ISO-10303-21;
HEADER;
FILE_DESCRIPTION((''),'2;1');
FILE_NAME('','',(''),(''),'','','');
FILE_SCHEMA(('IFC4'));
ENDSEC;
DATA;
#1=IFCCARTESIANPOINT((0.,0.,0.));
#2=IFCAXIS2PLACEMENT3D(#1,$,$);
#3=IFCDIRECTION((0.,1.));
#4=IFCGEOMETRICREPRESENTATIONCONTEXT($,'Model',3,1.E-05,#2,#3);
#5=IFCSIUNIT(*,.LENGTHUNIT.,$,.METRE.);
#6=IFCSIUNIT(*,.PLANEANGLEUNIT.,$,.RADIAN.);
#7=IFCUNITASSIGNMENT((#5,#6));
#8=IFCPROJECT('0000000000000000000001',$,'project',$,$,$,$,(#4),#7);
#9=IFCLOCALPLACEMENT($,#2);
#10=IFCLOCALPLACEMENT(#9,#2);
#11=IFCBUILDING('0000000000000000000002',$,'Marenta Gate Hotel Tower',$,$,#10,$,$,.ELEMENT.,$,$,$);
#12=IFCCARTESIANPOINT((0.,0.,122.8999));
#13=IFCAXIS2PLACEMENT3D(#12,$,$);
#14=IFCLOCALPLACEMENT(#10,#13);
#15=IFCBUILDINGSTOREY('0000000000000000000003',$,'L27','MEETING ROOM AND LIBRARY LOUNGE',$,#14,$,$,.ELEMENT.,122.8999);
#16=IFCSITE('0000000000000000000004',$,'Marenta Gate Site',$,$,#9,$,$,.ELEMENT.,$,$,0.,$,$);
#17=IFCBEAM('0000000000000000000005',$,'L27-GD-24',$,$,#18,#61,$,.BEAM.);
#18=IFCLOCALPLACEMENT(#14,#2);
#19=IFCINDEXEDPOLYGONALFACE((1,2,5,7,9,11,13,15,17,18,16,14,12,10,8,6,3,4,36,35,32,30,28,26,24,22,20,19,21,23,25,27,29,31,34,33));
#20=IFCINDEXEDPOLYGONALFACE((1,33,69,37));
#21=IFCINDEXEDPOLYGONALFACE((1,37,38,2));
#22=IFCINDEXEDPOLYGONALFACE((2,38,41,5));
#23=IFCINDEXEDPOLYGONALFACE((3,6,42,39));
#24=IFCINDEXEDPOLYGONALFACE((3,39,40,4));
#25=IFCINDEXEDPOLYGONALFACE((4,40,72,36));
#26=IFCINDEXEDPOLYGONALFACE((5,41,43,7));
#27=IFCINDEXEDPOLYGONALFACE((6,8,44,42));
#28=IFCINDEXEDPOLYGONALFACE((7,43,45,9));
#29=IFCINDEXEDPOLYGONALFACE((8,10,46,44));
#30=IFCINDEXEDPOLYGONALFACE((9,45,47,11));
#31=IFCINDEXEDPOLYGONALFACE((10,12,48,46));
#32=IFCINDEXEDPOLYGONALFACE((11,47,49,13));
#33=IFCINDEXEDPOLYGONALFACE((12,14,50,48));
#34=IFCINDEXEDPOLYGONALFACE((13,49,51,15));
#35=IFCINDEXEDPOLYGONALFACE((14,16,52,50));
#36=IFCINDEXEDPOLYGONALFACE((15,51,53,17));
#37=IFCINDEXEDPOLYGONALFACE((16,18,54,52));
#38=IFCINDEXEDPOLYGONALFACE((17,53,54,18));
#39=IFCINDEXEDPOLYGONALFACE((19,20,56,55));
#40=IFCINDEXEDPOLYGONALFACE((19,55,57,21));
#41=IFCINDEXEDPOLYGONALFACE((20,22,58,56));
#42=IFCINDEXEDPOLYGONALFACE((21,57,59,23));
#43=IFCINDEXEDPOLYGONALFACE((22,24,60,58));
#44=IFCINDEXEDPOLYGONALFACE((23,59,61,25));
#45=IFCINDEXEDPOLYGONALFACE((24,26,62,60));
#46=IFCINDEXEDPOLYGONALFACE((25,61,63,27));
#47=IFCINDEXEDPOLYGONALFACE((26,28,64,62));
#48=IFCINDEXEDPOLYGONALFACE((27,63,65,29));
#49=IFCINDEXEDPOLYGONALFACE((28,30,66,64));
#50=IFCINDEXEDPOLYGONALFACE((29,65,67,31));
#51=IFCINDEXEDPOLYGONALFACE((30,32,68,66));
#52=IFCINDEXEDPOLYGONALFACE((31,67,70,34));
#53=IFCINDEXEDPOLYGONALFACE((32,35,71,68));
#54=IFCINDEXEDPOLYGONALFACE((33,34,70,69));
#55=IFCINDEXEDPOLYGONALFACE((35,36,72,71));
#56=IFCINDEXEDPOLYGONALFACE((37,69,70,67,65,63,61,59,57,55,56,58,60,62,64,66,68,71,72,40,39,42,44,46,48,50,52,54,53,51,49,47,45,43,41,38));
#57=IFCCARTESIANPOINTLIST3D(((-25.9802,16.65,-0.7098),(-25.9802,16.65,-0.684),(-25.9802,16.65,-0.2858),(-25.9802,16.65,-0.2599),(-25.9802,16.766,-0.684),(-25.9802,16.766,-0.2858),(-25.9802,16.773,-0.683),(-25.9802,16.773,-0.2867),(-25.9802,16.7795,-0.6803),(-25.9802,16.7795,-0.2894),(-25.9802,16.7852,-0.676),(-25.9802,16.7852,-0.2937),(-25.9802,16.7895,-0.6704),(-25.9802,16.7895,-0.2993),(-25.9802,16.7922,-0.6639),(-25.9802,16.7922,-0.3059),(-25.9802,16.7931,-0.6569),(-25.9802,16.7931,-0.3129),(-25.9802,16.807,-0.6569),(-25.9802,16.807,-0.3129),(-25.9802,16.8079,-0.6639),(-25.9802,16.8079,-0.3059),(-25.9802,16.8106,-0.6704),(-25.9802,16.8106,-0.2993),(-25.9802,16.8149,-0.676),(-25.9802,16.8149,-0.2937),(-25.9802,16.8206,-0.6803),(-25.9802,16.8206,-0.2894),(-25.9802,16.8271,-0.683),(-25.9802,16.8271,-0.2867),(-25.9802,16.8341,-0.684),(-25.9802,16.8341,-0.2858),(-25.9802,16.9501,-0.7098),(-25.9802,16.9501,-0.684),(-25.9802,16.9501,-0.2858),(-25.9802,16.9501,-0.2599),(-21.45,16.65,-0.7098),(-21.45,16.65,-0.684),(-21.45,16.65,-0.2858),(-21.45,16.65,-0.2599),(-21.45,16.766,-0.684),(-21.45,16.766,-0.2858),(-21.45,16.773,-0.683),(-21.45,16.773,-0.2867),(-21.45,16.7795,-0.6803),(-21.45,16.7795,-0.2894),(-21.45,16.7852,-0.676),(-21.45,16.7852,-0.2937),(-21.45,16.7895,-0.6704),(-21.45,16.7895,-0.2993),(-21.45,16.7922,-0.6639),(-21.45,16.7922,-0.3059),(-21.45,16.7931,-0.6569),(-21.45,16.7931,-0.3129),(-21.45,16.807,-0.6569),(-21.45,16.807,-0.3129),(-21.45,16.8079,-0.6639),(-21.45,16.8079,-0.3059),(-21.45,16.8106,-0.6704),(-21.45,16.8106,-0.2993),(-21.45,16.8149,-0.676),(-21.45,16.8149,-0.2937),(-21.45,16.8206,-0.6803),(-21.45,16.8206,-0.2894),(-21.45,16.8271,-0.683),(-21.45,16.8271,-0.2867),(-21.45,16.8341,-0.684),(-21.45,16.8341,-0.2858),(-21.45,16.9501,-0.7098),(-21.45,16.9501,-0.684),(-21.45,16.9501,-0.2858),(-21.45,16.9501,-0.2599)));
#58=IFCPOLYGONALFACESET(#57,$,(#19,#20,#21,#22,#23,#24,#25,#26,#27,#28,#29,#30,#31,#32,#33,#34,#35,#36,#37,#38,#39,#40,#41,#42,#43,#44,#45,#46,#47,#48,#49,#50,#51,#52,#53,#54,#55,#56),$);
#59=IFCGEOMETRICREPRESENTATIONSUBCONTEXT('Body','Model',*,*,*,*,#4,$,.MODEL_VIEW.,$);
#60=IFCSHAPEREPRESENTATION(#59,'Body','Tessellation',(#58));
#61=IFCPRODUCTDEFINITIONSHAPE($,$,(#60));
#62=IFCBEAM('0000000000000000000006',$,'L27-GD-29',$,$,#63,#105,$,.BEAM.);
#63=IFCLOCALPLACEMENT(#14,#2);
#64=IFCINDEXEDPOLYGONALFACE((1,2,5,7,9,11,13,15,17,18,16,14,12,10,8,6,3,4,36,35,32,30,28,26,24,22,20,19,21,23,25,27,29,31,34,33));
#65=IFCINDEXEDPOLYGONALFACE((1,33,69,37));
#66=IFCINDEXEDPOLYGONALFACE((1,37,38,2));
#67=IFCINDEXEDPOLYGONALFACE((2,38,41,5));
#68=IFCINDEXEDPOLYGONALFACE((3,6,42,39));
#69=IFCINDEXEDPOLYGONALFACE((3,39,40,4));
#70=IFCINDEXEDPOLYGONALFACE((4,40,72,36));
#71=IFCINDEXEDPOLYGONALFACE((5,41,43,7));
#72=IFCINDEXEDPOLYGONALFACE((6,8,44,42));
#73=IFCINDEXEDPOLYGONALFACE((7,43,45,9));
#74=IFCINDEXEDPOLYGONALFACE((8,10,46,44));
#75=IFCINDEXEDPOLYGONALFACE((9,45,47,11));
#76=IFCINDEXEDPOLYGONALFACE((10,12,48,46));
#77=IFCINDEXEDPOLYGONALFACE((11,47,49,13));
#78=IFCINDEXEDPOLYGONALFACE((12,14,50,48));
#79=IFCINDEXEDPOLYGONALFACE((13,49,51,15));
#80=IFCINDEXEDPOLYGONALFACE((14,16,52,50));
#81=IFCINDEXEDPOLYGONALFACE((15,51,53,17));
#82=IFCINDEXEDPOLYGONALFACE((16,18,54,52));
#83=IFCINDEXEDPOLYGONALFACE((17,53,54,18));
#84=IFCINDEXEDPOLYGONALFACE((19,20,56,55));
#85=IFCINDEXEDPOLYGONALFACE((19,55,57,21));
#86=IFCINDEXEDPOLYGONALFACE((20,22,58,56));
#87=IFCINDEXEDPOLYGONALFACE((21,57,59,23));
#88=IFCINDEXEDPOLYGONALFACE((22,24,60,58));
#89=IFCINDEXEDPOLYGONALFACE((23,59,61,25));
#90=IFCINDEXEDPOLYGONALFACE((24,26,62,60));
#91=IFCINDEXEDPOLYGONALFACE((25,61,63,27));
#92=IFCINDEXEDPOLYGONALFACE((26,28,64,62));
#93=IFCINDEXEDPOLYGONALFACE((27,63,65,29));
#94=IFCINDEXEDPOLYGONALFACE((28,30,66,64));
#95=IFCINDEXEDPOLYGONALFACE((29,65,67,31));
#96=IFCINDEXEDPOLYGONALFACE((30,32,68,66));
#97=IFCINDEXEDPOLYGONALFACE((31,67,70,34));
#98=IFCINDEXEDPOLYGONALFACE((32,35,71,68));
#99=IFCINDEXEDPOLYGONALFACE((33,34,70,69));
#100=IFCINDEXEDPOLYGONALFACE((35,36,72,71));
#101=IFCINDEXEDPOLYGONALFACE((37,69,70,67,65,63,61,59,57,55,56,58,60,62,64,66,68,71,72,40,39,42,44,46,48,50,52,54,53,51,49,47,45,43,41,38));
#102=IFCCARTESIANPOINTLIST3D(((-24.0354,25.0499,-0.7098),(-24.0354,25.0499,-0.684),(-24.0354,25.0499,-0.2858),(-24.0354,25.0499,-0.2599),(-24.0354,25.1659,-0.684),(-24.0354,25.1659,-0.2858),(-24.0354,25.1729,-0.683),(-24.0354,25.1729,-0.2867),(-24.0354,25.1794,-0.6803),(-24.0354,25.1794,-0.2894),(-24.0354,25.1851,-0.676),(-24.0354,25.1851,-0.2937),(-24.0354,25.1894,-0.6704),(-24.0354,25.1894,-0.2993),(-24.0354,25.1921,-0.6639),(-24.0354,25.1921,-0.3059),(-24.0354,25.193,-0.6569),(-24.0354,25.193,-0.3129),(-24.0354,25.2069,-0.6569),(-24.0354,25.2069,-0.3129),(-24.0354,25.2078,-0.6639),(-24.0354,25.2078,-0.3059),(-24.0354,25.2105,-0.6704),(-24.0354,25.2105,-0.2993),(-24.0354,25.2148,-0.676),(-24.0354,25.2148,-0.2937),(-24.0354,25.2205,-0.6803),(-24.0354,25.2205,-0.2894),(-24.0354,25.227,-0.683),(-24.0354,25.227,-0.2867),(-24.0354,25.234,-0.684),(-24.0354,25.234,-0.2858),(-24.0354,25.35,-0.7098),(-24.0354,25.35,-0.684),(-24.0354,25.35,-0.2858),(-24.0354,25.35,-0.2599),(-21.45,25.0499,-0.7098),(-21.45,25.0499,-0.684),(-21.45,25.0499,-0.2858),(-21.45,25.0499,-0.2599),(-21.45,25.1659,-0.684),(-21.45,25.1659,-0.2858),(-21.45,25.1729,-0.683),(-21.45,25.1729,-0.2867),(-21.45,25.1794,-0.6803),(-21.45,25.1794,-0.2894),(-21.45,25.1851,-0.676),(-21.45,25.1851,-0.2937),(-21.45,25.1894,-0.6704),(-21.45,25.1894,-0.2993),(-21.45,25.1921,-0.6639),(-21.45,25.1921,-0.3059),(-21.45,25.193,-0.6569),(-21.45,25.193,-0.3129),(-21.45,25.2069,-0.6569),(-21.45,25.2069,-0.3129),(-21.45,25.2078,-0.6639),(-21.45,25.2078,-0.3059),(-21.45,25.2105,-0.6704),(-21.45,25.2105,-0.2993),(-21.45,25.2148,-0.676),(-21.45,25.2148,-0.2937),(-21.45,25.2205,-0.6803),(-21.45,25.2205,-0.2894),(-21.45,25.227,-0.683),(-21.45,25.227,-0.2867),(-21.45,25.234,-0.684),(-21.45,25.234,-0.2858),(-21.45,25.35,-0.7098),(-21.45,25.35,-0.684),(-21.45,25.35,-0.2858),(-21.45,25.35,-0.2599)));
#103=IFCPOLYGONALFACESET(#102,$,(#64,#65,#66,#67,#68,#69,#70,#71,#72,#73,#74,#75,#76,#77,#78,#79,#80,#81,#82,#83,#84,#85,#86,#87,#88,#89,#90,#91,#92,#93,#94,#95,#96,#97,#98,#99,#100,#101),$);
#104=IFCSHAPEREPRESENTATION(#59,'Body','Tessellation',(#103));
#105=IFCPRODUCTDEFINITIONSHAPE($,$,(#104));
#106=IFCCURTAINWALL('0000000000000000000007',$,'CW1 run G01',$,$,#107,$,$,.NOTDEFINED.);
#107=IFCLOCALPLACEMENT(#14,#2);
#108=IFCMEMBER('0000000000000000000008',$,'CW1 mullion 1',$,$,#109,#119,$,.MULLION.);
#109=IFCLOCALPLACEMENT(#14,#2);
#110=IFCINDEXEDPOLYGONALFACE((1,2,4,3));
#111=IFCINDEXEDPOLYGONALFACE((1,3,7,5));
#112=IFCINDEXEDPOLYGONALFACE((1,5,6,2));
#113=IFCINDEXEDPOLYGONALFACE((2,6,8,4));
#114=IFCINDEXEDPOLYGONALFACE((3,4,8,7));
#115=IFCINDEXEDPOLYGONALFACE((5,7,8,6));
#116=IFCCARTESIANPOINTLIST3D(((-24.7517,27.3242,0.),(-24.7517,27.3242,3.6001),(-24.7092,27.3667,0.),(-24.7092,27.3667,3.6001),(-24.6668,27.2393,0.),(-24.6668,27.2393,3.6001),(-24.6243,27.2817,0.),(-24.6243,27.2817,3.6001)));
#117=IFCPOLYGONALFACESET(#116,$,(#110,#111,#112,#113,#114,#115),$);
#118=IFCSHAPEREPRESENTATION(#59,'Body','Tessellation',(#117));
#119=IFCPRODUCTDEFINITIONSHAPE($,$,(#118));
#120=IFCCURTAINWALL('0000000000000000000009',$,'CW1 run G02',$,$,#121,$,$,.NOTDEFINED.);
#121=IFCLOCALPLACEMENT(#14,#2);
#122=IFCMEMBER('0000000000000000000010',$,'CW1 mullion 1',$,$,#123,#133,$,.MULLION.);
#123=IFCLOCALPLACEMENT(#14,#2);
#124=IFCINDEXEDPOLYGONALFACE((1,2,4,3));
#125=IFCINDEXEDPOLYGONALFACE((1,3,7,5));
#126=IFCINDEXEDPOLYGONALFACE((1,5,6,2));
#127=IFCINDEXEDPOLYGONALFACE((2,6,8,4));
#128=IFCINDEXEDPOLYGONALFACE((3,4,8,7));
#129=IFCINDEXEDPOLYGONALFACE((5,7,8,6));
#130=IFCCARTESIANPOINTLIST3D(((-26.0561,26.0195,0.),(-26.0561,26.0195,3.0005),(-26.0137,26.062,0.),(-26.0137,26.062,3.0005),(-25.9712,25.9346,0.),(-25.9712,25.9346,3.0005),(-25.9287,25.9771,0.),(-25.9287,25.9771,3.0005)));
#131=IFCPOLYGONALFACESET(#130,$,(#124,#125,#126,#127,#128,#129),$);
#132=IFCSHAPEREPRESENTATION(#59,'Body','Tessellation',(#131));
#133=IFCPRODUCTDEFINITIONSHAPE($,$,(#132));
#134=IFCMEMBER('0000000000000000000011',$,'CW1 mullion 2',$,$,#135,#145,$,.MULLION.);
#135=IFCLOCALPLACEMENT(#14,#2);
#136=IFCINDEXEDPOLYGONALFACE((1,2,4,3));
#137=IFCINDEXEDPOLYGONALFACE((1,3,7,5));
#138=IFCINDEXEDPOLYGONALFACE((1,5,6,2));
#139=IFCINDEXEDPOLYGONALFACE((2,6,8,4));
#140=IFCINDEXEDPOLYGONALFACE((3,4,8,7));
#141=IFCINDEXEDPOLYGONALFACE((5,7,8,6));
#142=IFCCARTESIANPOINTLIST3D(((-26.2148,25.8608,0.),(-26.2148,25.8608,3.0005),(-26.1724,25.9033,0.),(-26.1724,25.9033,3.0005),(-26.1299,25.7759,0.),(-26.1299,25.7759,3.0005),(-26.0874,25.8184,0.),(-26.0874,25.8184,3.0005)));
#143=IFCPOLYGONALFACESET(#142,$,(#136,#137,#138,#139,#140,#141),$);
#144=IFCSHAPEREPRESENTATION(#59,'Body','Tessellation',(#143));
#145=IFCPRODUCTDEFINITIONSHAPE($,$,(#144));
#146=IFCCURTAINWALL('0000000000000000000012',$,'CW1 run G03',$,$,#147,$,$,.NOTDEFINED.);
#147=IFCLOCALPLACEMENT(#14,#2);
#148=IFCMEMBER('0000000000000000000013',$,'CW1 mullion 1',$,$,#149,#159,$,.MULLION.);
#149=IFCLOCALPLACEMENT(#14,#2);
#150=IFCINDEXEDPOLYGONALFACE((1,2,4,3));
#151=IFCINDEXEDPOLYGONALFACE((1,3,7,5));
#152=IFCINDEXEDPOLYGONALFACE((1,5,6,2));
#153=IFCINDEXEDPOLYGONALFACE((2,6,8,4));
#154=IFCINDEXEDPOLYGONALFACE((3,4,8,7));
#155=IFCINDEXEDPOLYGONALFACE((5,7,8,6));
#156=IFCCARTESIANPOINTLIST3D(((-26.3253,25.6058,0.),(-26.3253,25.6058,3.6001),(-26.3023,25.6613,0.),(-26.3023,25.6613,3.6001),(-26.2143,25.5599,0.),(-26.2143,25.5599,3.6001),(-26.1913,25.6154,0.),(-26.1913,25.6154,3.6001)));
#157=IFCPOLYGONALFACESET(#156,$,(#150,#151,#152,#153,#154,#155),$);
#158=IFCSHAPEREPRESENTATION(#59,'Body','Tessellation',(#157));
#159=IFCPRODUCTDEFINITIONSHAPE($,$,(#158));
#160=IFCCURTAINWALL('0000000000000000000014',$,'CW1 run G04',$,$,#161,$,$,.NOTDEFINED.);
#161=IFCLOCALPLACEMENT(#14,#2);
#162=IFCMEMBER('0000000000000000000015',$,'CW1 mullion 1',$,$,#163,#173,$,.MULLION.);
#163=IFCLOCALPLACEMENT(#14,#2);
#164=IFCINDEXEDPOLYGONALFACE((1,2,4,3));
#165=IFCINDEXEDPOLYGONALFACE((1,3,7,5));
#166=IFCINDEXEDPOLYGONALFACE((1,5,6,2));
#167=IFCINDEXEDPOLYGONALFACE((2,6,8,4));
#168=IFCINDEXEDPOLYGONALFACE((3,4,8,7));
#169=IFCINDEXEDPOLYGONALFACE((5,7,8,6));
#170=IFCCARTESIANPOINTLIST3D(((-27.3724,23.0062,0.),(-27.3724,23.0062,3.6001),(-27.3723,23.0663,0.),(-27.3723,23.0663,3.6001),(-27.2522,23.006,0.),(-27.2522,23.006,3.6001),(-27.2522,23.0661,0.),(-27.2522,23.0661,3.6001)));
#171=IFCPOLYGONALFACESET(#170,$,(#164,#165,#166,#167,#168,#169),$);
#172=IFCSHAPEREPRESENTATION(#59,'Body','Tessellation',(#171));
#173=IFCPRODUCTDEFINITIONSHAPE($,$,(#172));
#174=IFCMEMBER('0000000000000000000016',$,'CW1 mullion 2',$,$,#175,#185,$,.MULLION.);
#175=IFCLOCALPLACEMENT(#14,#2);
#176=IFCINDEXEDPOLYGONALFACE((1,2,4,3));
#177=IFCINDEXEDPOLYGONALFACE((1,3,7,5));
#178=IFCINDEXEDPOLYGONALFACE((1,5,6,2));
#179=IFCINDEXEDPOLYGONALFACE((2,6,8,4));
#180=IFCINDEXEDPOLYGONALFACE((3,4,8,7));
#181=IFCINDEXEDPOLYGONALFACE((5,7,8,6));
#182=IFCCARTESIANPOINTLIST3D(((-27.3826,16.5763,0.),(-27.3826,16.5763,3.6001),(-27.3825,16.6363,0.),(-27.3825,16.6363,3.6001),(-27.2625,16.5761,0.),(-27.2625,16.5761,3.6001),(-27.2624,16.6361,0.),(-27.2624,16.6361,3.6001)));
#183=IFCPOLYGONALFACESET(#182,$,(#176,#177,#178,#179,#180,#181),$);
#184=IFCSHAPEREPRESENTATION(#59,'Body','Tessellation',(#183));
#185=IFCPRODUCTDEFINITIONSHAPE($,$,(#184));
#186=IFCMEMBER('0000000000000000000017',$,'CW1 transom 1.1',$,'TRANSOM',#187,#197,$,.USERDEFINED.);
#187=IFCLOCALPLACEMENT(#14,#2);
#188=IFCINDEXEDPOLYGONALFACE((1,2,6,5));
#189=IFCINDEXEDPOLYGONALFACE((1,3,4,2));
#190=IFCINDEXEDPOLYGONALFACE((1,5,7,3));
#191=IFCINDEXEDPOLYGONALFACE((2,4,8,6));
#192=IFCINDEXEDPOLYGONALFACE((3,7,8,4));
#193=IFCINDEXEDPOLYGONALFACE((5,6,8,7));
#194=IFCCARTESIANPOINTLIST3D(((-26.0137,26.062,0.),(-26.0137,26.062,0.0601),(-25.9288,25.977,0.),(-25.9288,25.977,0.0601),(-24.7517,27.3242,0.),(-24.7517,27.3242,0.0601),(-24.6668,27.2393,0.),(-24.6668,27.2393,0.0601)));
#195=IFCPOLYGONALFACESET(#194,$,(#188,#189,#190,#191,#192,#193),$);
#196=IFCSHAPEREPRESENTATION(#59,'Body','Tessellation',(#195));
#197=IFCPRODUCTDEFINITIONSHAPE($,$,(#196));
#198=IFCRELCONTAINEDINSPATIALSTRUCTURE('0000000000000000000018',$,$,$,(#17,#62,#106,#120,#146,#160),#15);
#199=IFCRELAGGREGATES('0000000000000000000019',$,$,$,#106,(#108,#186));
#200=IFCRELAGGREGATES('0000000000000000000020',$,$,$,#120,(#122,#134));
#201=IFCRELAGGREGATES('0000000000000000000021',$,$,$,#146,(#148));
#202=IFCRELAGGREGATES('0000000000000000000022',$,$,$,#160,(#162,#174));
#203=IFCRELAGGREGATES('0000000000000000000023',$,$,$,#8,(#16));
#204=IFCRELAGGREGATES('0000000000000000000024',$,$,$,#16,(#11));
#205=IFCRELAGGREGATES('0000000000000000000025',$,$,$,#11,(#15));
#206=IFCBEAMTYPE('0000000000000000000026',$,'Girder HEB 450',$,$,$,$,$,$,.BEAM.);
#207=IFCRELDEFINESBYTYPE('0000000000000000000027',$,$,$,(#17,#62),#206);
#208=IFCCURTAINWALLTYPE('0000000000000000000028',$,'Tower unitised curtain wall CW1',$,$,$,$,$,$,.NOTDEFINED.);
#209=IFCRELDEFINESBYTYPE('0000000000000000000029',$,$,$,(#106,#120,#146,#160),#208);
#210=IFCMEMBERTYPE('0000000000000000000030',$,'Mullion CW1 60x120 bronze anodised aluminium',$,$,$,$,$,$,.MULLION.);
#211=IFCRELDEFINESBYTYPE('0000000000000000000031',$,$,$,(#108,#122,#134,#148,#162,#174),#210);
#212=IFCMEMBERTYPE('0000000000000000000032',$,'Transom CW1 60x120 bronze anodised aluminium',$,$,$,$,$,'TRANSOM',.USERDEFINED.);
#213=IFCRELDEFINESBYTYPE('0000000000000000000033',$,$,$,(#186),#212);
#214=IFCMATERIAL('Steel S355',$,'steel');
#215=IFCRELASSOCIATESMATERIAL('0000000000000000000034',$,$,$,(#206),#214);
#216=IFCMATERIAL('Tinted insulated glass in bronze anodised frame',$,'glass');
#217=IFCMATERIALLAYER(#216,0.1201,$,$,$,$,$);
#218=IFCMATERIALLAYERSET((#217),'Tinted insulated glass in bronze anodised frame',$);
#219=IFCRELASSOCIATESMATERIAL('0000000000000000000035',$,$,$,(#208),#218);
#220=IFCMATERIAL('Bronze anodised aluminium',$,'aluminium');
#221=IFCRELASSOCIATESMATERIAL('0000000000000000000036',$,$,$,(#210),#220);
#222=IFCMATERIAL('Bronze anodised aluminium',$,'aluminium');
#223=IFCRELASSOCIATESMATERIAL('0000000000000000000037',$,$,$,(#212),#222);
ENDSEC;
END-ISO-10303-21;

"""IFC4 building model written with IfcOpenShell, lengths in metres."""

from ifc_helpers import new_model, si_unit, direction, frame, origin, origin_2d, place, context, subcontext, project, spatial, rectangle, i_section, extrude, material, layer, layer_set, material_profile, profile_set, type_object, element, aggregate, save


model = new_model("IFC4")

# Units and contexts
model_context = context("Model", 3, precision=1e-05, world=origin(), true_north=direction((0.0, 1.0)))
body_context = subcontext(model_context, "Body", "Model", "MODEL_VIEW")
ifc_project = project(units=[si_unit("LENGTHUNIT", "METRE"), si_unit("PLANEANGLEUNIT", "RADIAN")], contexts=[model_context])

# Site, building, storey
site_placement = place(None, origin())
site = spatial("IfcSite", under=ifc_project, at=site_placement, Name="Marenta Gate Site", CompositionType="ELEMENT", RefElevation=0.0)
building_placement = place(site_placement, origin())
building = spatial("IfcBuilding", under=site, at=building_placement, Name="Marenta Gate Hotel Tower", CompositionType="ELEMENT")
storey_placement = place(building_placement, frame((0.0, 0.0, 122.8999)))
storey = spatial("IfcBuildingStorey", under=building, at=storey_placement, Name="L27", Description="MEETING ROOM AND LIBRARY LOUNGE", CompositionType="ELEMENT", Elevation=122.8999)

# Beams
ifc_material_1 = material(Name="Steel S355", Category="steel")
ifc_material_profile_1 = material_profile(ifc_material_1, i_section(OverallWidth=0.3, OverallDepth=0.45, WebThickness=0.0139, FlangeThickness=0.0259, FilletRadius=0.0271, at=origin_2d()), Name="HEB 450")
ifc_profile_set_1 = profile_set([ifc_material_profile_1], Name="Steel S355")
beam_type_1 = type_object("IfcBeamType", Name="Girder HEB 450", PredefinedType="BEAM", material=ifc_profile_set_1)
beam_1_placement = place(storey_placement, frame((-25.9802, 16.8, -0.4849), z_axis=(1.0, 0.0, 0.0), x_axis=(0.0, 1.0, 0.0)))
element("IfcBeam", 1, at=beam_1_placement, inside=storey, type_object=beam_type_1, Name="L27-GD-24", PredefinedType="BEAM", context=body_context, shape_type="SweptSolid", body=[
    extrude(i_section(OverallWidth=0.3, OverallDepth=0.45, WebThickness=0.0139, FlangeThickness=0.0259, FilletRadius=0.0271, at=origin_2d()), origin(), (0.0, 0.0, 1.0), 4.5303),
])
beam_2_placement = place(storey_placement, frame((-24.0354, 25.2, -0.4849), z_axis=(1.0, 0.0, 0.0), x_axis=(0.0, 1.0, 0.0)))
element("IfcBeam", 2, at=beam_2_placement, inside=storey, type_object=beam_type_1, Name="L27-GD-29", PredefinedType="BEAM", context=body_context, shape_type="SweptSolid", body=[
    extrude(i_section(OverallWidth=0.3, OverallDepth=0.45, WebThickness=0.0139, FlangeThickness=0.0259, FilletRadius=0.0271, at=origin_2d()), origin(), (0.0, 0.0, 1.0), 2.5854),
])

# Curtain wall, member
ifc_material_2 = material(Name="Tinted insulated glass in bronze anodised frame", Category="glass")
ifc_layer_1 = layer(ifc_material_2, 0.1201)
ifc_layer_set_1 = layer_set([ifc_layer_1], Name="Tinted insulated glass in bronze anodised frame")
curtain_wall_type = type_object("IfcCurtainWallType", Name="Tower unitised curtain wall CW1", PredefinedType="NOTDEFINED", material=ifc_layer_set_1)
curtain_wall_1_placement = place(storey_placement, origin())
curtain_wall_1 = element("IfcCurtainWall", 3, at=curtain_wall_1_placement, inside=storey, type_object=curtain_wall_type, Name="CW1 run G01", PredefinedType="NOTDEFINED")
ifc_material_3 = material(Name="Bronze anodised aluminium", Category="aluminium")
ifc_material_profile_2 = material_profile(ifc_material_3, rectangle(XDim=0.1201, YDim=0.0601, at=origin_2d()), Name="Mullion CW1 60x120 bronze anodised aluminium")
ifc_profile_set_2 = profile_set([ifc_material_profile_2], Name="Bronze anodised aluminium")
member_type_1 = type_object("IfcMemberType", Name="Mullion CW1 60x120 bronze anodised aluminium", PredefinedType="MULLION", material=ifc_profile_set_2)
member_1_placement = place(storey_placement, frame((-24.688, 27.303, 0.0), z_axis=(0.0, 0.0, 1.0), x_axis=(0.707107, -0.707107, 0.0)))
member_1 = element("IfcMember", 4, at=member_1_placement, type_object=member_type_1, Name="CW1 mullion 1", PredefinedType="MULLION", context=body_context, shape_type="SweptSolid", body=[
    extrude(rectangle(XDim=0.1201, YDim=0.0601, at=origin_2d()), origin(), (0.0, 0.0, 1.0), 3.6001),
])

# Curtain wall, members
curtain_wall_2_placement = place(storey_placement, origin())
curtain_wall_2 = element("IfcCurtainWall", 5, at=curtain_wall_2_placement, inside=storey, type_object=curtain_wall_type, Name="CW1 run G02", PredefinedType="NOTDEFINED")
member_2_placement = place(storey_placement, frame((-25.9924, 25.9983, 0.0), z_axis=(0.0, 0.0, 1.0), x_axis=(0.707107, -0.707107, 0.0)))
member_2 = element("IfcMember", 6, at=member_2_placement, type_object=member_type_1, Name="CW1 mullion 1", PredefinedType="MULLION", context=body_context, shape_type="SweptSolid", body=[
    extrude(rectangle(XDim=0.1201, YDim=0.0601, at=origin_2d()), origin(), (0.0, 0.0, 1.0), 3.0005),
])
member_3_placement = place(storey_placement, frame((-26.1511, 25.8396, 0.0), z_axis=(0.0, 0.0, 1.0), x_axis=(0.707107, -0.707107, 0.0)))
member_3 = element("IfcMember", 7, at=member_3_placement, type_object=member_type_1, Name="CW1 mullion 2", PredefinedType="MULLION", context=body_context, shape_type="SweptSolid", body=[
    extrude(rectangle(XDim=0.1201, YDim=0.0601, at=origin_2d()), origin(), (0.0, 0.0, 1.0), 3.0005),
])

# Curtain wall, member
curtain_wall_3_placement = place(storey_placement, origin())
curtain_wall_3 = element("IfcCurtainWall", 8, at=curtain_wall_3_placement, inside=storey, type_object=curtain_wall_type, Name="CW1 run G03", PredefinedType="NOTDEFINED")
member_4_placement = place(storey_placement, frame((-26.2583, 25.6106, 0.0), z_axis=(0.0, 0.0, 1.0), x_axis=(0.923879, -0.382684, 0.0)))
member_4 = element("IfcMember", 9, at=member_4_placement, type_object=member_type_1, Name="CW1 mullion 1", PredefinedType="MULLION", context=body_context, shape_type="SweptSolid", body=[
    extrude(rectangle(XDim=0.1201, YDim=0.0601, at=origin_2d()), origin(), (0.0, 0.0, 1.0), 3.6001),
])

# Curtain wall, members
curtain_wall_4_placement = place(storey_placement, origin())
curtain_wall_4 = element("IfcCurtainWall", 10, at=curtain_wall_4_placement, inside=storey, type_object=curtain_wall_type, Name="CW1 run G04", PredefinedType="NOTDEFINED")
member_5_placement = place(storey_placement, frame((-27.3123, 23.0361, 0.0), z_axis=(0.0, 0.0, 1.0), x_axis=(0.999999, -0.001566, 0.0)))
member_5 = element("IfcMember", 11, at=member_5_placement, type_object=member_type_1, Name="CW1 mullion 1", PredefinedType="MULLION", context=body_context, shape_type="SweptSolid", body=[
    extrude(rectangle(XDim=0.1201, YDim=0.0601, at=origin_2d()), origin(), (0.0, 0.0, 1.0), 3.6001),
])
member_6_placement = place(storey_placement, frame((-27.3225, 16.6062, 0.0), z_axis=(0.0, 0.0, 1.0), x_axis=(0.999999, -0.001566, 0.0)))
member_6 = element("IfcMember", 12, at=member_6_placement, type_object=member_type_1, Name="CW1 mullion 2", PredefinedType="MULLION", context=body_context, shape_type="SweptSolid", body=[
    extrude(rectangle(XDim=0.1201, YDim=0.0601, at=origin_2d()), origin(), (0.0, 0.0, 1.0), 3.6001),
])

# Member
ifc_material_4 = material(Name="Bronze anodised aluminium", Category="aluminium")
ifc_material_profile_3 = material_profile(ifc_material_4, rectangle(XDim=0.1201, YDim=0.0601, at=origin_2d()), Name="Transom CW1 60x120 bronze anodised aluminium")
ifc_profile_set_3 = profile_set([ifc_material_profile_3], Name="Bronze anodised aluminium")
member_type_2 = type_object("IfcMemberType", Name="Transom CW1 60x120 bronze anodised aluminium", ElementType="TRANSOM", PredefinedType="USERDEFINED", material=ifc_profile_set_3)
member_7_placement = place(storey_placement, frame((-24.7092, 27.2817, 0.03), z_axis=(-0.707038, -0.707175, 0.0), x_axis=(0.707175, -0.707038, 0.0)))
member_7 = element("IfcMember", 13, at=member_7_placement, type_object=member_type_2, Name="CW1 transom 1.1", ObjectType="TRANSOM", PredefinedType="USERDEFINED", context=body_context, shape_type="SweptSolid", body=[
    extrude(rectangle(XDim=0.1201, YDim=0.0601, at=origin_2d()), origin(), (0.0, 0.0, 1.0), 1.7849),
])

aggregate(curtain_wall_1, [member_1, member_7])
aggregate(curtain_wall_2, [member_2, member_3])
aggregate(curtain_wall_3, [member_4])
aggregate(curtain_wall_4, [member_5, member_6])

save(model, "model.ifc")
